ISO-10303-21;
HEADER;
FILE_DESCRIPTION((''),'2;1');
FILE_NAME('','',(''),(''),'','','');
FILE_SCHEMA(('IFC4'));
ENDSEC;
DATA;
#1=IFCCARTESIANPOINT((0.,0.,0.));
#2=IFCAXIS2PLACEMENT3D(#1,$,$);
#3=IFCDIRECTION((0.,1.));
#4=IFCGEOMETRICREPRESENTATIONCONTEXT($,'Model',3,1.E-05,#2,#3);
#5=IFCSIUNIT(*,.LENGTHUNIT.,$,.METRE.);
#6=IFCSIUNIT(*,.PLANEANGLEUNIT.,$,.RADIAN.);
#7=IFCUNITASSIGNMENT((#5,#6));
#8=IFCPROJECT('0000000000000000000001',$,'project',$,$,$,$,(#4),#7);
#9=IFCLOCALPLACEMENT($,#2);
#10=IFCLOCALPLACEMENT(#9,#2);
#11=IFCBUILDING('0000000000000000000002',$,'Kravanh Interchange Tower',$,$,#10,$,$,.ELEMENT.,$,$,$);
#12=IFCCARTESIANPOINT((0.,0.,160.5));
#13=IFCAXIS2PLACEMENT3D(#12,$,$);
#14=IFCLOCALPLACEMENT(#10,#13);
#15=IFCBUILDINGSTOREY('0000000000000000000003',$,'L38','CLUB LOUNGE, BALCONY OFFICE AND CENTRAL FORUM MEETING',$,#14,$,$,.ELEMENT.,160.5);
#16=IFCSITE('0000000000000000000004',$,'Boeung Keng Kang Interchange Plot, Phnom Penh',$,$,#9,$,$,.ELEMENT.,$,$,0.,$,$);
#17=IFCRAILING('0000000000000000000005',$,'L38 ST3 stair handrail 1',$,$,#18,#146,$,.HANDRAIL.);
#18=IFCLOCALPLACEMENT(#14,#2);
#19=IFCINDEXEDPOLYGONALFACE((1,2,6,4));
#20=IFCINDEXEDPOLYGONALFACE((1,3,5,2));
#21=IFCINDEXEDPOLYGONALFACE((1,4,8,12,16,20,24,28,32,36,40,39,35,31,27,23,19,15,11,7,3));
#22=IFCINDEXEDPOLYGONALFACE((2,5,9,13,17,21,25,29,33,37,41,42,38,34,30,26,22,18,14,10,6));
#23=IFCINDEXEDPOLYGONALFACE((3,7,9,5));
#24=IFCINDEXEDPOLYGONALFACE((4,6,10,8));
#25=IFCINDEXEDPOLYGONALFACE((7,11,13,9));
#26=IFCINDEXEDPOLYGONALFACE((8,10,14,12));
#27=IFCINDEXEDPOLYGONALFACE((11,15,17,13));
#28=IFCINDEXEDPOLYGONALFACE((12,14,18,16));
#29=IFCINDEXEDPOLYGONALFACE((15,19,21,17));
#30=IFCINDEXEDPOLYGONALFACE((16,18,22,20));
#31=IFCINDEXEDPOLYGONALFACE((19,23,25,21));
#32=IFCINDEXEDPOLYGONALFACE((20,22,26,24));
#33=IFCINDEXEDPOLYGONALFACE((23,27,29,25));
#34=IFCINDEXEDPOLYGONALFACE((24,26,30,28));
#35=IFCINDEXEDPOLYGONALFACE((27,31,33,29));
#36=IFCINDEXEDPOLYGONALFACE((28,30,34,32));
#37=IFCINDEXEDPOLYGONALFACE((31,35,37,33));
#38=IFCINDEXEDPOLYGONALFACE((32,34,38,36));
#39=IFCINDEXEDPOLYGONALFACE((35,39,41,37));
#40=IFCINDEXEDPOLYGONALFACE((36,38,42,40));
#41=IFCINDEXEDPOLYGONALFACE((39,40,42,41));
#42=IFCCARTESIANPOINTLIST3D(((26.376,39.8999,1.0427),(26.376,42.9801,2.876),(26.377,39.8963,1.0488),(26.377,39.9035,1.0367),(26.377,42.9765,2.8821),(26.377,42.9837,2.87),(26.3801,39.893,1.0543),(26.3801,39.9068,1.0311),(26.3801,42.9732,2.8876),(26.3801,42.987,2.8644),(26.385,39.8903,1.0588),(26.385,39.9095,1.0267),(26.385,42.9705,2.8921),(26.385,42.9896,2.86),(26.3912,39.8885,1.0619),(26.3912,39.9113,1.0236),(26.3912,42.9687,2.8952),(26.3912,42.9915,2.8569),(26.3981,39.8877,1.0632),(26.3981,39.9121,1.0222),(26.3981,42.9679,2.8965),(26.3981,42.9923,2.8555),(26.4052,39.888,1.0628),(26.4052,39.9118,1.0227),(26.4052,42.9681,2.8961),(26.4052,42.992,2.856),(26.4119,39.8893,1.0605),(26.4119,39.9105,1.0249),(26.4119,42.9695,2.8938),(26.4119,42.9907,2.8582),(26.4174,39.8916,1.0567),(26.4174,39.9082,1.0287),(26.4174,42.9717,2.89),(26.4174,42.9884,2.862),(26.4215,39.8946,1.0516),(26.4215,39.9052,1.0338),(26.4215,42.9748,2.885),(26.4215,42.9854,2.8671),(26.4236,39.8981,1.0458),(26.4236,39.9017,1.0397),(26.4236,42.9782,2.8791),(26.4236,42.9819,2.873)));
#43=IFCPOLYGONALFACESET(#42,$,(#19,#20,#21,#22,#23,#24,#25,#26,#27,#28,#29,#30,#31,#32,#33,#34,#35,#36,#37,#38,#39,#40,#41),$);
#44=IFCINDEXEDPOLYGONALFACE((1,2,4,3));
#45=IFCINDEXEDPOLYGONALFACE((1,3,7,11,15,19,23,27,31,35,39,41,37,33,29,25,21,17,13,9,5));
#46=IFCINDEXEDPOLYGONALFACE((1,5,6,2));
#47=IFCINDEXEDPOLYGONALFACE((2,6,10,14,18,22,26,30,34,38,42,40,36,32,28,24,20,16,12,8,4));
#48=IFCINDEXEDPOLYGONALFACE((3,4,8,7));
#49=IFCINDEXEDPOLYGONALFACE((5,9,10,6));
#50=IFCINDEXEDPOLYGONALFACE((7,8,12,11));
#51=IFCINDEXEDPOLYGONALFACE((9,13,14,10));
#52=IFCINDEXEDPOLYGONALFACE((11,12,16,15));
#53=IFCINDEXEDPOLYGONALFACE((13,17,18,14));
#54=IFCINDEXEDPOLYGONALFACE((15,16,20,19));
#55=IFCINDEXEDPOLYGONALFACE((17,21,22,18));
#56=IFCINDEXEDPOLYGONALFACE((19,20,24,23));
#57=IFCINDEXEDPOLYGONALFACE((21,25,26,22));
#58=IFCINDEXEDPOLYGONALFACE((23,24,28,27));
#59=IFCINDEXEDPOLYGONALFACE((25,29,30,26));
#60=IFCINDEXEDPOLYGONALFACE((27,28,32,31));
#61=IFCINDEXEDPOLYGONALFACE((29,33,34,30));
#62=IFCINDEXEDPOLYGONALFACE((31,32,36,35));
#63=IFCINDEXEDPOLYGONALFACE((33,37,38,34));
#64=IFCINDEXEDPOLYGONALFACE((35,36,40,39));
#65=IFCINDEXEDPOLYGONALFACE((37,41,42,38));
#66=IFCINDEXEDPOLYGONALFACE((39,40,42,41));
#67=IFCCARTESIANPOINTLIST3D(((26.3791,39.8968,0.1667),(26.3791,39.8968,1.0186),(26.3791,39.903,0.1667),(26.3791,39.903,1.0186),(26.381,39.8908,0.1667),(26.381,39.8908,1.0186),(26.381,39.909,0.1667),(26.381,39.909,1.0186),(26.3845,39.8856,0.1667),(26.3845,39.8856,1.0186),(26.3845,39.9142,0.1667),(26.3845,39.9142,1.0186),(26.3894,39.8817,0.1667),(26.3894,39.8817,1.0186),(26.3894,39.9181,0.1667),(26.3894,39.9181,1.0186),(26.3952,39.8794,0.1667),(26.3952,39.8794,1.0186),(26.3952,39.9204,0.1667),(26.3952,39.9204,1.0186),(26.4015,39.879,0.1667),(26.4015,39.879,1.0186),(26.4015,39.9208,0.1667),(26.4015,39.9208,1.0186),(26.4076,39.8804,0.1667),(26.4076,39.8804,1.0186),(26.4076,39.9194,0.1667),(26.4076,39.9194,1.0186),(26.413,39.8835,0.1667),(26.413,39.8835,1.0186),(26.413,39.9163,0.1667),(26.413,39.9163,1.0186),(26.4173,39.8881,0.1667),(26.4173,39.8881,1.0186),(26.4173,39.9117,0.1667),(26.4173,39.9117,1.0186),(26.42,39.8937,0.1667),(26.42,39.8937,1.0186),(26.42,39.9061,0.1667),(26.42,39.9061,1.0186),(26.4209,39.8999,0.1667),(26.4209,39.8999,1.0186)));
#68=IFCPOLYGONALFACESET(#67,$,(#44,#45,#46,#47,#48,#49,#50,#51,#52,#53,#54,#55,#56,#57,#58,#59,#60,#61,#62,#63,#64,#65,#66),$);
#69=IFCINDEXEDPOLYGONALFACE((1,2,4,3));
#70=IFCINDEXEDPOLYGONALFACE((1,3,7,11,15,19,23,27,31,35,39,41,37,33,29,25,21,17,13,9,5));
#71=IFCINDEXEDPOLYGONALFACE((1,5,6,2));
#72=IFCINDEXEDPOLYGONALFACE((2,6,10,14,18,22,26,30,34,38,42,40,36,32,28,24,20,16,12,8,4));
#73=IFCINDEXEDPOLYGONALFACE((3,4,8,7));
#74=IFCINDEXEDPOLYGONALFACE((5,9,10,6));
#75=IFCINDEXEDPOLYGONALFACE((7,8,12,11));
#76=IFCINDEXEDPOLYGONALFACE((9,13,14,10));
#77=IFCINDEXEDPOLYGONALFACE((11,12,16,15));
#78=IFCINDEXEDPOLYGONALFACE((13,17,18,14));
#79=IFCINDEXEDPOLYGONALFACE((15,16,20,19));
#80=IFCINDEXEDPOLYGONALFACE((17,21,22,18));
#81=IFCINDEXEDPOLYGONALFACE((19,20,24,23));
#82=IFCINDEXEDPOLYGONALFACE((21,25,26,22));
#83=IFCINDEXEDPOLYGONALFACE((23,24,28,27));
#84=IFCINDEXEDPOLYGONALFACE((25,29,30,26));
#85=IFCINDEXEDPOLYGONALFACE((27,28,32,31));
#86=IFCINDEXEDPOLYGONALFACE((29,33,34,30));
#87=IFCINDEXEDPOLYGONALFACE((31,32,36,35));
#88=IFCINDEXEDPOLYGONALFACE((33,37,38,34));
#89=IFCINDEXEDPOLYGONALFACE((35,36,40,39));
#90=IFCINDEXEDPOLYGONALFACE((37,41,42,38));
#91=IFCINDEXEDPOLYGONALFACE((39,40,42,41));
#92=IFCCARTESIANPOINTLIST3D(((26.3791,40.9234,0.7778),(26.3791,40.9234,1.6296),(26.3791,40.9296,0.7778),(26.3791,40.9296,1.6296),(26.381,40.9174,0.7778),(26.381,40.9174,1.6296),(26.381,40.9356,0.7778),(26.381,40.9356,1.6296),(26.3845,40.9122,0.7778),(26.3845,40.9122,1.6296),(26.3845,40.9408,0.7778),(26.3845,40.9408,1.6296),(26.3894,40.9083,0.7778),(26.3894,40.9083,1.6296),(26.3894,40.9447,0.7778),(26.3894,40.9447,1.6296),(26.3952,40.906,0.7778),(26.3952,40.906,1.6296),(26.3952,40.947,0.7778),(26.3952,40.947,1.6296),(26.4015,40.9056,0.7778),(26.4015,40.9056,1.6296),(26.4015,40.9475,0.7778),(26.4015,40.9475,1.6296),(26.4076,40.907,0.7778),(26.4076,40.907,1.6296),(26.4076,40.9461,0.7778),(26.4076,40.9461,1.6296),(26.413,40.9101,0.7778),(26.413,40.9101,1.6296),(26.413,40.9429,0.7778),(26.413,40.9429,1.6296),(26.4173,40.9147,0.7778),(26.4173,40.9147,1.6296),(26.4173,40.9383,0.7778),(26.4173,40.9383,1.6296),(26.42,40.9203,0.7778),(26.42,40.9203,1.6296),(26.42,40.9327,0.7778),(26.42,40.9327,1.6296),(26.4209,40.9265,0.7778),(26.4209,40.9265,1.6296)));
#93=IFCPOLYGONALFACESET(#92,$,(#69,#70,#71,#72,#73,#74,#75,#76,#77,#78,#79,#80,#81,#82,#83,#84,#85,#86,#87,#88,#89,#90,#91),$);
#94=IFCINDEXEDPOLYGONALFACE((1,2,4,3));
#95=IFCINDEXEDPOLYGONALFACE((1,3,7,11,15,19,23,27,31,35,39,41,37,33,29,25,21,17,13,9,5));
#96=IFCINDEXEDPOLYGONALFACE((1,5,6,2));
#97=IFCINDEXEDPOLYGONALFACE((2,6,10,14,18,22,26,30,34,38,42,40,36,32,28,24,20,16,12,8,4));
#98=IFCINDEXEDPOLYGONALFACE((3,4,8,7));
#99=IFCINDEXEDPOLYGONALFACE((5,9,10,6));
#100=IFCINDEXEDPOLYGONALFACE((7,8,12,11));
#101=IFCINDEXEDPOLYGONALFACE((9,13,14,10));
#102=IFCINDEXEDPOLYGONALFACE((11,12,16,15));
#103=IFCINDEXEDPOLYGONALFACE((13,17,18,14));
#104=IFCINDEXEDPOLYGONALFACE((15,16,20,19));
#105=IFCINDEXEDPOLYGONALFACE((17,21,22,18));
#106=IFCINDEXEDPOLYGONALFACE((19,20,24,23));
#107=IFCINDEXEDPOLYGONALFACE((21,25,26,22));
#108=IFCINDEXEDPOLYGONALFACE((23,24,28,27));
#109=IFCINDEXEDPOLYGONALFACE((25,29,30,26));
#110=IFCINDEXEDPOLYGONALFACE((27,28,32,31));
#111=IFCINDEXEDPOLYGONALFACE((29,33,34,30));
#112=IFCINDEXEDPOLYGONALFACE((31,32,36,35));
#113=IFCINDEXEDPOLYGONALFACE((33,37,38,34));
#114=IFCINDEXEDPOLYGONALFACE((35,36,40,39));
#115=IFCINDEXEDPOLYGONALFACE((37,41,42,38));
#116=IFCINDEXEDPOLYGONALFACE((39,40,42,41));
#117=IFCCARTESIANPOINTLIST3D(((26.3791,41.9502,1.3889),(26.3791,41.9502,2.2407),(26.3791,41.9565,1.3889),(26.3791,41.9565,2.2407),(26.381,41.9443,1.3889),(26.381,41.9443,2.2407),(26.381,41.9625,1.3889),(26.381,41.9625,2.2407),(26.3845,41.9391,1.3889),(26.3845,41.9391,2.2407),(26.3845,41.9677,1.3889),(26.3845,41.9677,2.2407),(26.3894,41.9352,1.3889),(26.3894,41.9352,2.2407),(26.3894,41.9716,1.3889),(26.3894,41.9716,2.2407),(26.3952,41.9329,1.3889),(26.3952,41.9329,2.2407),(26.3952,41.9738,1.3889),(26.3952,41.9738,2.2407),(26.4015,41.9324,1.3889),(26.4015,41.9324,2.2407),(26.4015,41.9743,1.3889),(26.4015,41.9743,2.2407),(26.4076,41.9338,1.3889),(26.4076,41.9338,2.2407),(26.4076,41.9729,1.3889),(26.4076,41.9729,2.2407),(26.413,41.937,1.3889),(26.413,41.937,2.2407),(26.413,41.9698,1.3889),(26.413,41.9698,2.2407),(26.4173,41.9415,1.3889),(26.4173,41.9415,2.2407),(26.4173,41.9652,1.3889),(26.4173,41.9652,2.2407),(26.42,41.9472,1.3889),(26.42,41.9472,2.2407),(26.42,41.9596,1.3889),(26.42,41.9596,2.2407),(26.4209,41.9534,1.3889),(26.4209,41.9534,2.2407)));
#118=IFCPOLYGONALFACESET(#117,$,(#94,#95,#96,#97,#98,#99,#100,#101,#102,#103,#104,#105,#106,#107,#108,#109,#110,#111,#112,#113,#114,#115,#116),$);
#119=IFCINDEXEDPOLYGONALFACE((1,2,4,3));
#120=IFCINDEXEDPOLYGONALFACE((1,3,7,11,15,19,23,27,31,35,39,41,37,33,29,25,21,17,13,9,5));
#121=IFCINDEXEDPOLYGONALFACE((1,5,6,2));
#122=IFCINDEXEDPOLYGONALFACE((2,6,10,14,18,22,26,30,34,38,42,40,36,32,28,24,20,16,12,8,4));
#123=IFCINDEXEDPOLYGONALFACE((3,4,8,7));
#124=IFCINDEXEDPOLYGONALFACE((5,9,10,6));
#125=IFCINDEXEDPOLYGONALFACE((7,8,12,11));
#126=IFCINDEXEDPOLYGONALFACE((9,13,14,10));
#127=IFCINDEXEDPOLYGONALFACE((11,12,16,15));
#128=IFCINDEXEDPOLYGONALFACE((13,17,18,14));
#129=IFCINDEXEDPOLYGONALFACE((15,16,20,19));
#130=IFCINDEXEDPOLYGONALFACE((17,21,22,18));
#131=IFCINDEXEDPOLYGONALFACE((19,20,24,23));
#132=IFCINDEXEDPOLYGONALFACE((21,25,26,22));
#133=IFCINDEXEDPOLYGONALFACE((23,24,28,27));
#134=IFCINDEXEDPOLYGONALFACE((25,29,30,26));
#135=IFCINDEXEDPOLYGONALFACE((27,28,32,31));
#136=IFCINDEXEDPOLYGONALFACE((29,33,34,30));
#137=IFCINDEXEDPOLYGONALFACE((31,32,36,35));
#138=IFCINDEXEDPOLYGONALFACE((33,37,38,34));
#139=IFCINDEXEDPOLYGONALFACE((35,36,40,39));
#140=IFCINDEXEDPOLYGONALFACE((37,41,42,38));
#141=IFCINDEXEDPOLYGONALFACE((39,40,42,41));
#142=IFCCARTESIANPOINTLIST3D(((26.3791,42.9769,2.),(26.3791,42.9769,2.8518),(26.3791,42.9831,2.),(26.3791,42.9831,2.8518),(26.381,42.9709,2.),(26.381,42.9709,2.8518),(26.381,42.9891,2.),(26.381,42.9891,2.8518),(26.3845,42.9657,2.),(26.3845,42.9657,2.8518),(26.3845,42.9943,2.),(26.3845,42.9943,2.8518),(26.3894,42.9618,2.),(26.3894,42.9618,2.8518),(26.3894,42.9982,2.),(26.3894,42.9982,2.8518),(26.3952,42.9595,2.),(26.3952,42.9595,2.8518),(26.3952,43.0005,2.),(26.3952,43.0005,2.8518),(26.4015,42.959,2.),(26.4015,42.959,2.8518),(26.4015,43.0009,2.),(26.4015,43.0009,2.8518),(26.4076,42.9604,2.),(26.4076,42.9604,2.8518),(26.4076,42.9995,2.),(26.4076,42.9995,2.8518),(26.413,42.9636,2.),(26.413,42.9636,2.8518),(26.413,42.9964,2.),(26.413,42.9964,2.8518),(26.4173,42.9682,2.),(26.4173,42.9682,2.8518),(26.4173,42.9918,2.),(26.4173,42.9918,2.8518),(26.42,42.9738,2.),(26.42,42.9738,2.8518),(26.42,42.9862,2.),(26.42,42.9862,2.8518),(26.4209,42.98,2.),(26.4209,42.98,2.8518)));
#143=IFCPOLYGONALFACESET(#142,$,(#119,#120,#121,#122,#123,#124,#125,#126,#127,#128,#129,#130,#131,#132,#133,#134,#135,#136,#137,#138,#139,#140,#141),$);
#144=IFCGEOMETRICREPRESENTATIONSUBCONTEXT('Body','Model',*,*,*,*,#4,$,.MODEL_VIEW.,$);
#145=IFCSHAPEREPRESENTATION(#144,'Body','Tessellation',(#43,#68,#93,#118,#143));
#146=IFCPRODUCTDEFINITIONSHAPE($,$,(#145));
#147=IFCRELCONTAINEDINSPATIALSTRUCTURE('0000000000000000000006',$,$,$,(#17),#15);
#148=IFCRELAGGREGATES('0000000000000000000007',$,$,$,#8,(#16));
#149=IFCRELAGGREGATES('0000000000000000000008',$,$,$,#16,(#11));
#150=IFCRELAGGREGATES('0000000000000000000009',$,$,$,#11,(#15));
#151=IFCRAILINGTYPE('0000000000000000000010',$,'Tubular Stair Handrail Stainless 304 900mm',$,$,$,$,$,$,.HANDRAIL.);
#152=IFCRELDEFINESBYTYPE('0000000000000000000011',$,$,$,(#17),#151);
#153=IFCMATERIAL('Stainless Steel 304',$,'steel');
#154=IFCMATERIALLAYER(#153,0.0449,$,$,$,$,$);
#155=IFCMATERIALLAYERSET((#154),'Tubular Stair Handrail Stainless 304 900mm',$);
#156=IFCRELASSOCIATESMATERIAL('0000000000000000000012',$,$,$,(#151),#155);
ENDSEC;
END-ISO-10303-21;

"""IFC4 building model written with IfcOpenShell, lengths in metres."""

from ifc_helpers import new_model, si_unit, direction, frame, origin, origin_2d, place, context, subcontext, project, spatial, circle, extrude, material, layer, layer_set, type_object, element, save


model = new_model("IFC4")

# Units and contexts
model_context = context("Model", 3, precision=1e-05, world=origin(), true_north=direction((0.0, 1.0)))
body_context = subcontext(model_context, "Body", "Model", "MODEL_VIEW")
ifc_project = project(units=[si_unit("LENGTHUNIT", "METRE"), si_unit("PLANEANGLEUNIT", "RADIAN")], contexts=[model_context])

# Site, building, storey
site_placement = place(None, origin())
site = spatial("IfcSite", under=ifc_project, at=site_placement, Name="Boeung Keng Kang Interchange Plot, Phnom Penh", CompositionType="ELEMENT", RefElevation=0.0)
building_placement = place(site_placement, origin())
building = spatial("IfcBuilding", under=site, at=building_placement, Name="Kravanh Interchange Tower", CompositionType="ELEMENT")
storey_placement = place(building_placement, frame((0.0, 0.0, 160.5)))
storey = spatial("IfcBuildingStorey", under=building, at=storey_placement, Name="L38", Description="CLUB LOUNGE, BALCONY OFFICE AND CENTRAL FORUM MEETING", CompositionType="ELEMENT", Elevation=160.5)

# Railing
ifc_material_1 = material(Name="Stainless Steel 304", Category="steel")
ifc_layer_1 = layer(ifc_material_1, 0.0449)
ifc_layer_set_1 = layer_set([ifc_layer_1], Name="Tubular Stair Handrail Stainless 304 900mm")
railing_type_1 = type_object("IfcRailingType", Name="Tubular Stair Handrail Stainless 304 900mm", PredefinedType="HANDRAIL", material=ifc_layer_set_1)
railing_1_placement = place(storey_placement, frame((26.3999, 39.8999, 0.1667)))
element("IfcRailing", 1, at=railing_1_placement, inside=storey, type_object=railing_type_1, Name="L38 ST3 stair handrail 1", PredefinedType="HANDRAIL", context=body_context, shape_type="SweptSolid", body=[
    extrude(circle(Radius=0.0239, at=origin_2d()), frame((0.0, 0.0, 0.876), z_axis=(0.0, 0.859309, 0.511458), x_axis=(-1.0, 0.0, 0.0)), (0.0, 0.0, 1.0), 3.5845),
    extrude(circle(Radius=0.021, at=origin_2d()), origin(), (0.0, 0.0, 1.0), 0.8518),
    extrude(circle(Radius=0.021, at=origin_2d()), frame((0.0, 1.0266, 0.6111)), (0.0, 0.0, 1.0), 0.8518),
    extrude(circle(Radius=0.021, at=origin_2d()), frame((0.0, 2.0535, 1.2222)), (0.0, 0.0, 1.0), 0.8518),
    extrude(circle(Radius=0.021, at=origin_2d()), frame((0.0, 3.0801, 1.8333)), (0.0, 0.0, 1.0), 0.8518),
])

save(model, "model.ifc")
